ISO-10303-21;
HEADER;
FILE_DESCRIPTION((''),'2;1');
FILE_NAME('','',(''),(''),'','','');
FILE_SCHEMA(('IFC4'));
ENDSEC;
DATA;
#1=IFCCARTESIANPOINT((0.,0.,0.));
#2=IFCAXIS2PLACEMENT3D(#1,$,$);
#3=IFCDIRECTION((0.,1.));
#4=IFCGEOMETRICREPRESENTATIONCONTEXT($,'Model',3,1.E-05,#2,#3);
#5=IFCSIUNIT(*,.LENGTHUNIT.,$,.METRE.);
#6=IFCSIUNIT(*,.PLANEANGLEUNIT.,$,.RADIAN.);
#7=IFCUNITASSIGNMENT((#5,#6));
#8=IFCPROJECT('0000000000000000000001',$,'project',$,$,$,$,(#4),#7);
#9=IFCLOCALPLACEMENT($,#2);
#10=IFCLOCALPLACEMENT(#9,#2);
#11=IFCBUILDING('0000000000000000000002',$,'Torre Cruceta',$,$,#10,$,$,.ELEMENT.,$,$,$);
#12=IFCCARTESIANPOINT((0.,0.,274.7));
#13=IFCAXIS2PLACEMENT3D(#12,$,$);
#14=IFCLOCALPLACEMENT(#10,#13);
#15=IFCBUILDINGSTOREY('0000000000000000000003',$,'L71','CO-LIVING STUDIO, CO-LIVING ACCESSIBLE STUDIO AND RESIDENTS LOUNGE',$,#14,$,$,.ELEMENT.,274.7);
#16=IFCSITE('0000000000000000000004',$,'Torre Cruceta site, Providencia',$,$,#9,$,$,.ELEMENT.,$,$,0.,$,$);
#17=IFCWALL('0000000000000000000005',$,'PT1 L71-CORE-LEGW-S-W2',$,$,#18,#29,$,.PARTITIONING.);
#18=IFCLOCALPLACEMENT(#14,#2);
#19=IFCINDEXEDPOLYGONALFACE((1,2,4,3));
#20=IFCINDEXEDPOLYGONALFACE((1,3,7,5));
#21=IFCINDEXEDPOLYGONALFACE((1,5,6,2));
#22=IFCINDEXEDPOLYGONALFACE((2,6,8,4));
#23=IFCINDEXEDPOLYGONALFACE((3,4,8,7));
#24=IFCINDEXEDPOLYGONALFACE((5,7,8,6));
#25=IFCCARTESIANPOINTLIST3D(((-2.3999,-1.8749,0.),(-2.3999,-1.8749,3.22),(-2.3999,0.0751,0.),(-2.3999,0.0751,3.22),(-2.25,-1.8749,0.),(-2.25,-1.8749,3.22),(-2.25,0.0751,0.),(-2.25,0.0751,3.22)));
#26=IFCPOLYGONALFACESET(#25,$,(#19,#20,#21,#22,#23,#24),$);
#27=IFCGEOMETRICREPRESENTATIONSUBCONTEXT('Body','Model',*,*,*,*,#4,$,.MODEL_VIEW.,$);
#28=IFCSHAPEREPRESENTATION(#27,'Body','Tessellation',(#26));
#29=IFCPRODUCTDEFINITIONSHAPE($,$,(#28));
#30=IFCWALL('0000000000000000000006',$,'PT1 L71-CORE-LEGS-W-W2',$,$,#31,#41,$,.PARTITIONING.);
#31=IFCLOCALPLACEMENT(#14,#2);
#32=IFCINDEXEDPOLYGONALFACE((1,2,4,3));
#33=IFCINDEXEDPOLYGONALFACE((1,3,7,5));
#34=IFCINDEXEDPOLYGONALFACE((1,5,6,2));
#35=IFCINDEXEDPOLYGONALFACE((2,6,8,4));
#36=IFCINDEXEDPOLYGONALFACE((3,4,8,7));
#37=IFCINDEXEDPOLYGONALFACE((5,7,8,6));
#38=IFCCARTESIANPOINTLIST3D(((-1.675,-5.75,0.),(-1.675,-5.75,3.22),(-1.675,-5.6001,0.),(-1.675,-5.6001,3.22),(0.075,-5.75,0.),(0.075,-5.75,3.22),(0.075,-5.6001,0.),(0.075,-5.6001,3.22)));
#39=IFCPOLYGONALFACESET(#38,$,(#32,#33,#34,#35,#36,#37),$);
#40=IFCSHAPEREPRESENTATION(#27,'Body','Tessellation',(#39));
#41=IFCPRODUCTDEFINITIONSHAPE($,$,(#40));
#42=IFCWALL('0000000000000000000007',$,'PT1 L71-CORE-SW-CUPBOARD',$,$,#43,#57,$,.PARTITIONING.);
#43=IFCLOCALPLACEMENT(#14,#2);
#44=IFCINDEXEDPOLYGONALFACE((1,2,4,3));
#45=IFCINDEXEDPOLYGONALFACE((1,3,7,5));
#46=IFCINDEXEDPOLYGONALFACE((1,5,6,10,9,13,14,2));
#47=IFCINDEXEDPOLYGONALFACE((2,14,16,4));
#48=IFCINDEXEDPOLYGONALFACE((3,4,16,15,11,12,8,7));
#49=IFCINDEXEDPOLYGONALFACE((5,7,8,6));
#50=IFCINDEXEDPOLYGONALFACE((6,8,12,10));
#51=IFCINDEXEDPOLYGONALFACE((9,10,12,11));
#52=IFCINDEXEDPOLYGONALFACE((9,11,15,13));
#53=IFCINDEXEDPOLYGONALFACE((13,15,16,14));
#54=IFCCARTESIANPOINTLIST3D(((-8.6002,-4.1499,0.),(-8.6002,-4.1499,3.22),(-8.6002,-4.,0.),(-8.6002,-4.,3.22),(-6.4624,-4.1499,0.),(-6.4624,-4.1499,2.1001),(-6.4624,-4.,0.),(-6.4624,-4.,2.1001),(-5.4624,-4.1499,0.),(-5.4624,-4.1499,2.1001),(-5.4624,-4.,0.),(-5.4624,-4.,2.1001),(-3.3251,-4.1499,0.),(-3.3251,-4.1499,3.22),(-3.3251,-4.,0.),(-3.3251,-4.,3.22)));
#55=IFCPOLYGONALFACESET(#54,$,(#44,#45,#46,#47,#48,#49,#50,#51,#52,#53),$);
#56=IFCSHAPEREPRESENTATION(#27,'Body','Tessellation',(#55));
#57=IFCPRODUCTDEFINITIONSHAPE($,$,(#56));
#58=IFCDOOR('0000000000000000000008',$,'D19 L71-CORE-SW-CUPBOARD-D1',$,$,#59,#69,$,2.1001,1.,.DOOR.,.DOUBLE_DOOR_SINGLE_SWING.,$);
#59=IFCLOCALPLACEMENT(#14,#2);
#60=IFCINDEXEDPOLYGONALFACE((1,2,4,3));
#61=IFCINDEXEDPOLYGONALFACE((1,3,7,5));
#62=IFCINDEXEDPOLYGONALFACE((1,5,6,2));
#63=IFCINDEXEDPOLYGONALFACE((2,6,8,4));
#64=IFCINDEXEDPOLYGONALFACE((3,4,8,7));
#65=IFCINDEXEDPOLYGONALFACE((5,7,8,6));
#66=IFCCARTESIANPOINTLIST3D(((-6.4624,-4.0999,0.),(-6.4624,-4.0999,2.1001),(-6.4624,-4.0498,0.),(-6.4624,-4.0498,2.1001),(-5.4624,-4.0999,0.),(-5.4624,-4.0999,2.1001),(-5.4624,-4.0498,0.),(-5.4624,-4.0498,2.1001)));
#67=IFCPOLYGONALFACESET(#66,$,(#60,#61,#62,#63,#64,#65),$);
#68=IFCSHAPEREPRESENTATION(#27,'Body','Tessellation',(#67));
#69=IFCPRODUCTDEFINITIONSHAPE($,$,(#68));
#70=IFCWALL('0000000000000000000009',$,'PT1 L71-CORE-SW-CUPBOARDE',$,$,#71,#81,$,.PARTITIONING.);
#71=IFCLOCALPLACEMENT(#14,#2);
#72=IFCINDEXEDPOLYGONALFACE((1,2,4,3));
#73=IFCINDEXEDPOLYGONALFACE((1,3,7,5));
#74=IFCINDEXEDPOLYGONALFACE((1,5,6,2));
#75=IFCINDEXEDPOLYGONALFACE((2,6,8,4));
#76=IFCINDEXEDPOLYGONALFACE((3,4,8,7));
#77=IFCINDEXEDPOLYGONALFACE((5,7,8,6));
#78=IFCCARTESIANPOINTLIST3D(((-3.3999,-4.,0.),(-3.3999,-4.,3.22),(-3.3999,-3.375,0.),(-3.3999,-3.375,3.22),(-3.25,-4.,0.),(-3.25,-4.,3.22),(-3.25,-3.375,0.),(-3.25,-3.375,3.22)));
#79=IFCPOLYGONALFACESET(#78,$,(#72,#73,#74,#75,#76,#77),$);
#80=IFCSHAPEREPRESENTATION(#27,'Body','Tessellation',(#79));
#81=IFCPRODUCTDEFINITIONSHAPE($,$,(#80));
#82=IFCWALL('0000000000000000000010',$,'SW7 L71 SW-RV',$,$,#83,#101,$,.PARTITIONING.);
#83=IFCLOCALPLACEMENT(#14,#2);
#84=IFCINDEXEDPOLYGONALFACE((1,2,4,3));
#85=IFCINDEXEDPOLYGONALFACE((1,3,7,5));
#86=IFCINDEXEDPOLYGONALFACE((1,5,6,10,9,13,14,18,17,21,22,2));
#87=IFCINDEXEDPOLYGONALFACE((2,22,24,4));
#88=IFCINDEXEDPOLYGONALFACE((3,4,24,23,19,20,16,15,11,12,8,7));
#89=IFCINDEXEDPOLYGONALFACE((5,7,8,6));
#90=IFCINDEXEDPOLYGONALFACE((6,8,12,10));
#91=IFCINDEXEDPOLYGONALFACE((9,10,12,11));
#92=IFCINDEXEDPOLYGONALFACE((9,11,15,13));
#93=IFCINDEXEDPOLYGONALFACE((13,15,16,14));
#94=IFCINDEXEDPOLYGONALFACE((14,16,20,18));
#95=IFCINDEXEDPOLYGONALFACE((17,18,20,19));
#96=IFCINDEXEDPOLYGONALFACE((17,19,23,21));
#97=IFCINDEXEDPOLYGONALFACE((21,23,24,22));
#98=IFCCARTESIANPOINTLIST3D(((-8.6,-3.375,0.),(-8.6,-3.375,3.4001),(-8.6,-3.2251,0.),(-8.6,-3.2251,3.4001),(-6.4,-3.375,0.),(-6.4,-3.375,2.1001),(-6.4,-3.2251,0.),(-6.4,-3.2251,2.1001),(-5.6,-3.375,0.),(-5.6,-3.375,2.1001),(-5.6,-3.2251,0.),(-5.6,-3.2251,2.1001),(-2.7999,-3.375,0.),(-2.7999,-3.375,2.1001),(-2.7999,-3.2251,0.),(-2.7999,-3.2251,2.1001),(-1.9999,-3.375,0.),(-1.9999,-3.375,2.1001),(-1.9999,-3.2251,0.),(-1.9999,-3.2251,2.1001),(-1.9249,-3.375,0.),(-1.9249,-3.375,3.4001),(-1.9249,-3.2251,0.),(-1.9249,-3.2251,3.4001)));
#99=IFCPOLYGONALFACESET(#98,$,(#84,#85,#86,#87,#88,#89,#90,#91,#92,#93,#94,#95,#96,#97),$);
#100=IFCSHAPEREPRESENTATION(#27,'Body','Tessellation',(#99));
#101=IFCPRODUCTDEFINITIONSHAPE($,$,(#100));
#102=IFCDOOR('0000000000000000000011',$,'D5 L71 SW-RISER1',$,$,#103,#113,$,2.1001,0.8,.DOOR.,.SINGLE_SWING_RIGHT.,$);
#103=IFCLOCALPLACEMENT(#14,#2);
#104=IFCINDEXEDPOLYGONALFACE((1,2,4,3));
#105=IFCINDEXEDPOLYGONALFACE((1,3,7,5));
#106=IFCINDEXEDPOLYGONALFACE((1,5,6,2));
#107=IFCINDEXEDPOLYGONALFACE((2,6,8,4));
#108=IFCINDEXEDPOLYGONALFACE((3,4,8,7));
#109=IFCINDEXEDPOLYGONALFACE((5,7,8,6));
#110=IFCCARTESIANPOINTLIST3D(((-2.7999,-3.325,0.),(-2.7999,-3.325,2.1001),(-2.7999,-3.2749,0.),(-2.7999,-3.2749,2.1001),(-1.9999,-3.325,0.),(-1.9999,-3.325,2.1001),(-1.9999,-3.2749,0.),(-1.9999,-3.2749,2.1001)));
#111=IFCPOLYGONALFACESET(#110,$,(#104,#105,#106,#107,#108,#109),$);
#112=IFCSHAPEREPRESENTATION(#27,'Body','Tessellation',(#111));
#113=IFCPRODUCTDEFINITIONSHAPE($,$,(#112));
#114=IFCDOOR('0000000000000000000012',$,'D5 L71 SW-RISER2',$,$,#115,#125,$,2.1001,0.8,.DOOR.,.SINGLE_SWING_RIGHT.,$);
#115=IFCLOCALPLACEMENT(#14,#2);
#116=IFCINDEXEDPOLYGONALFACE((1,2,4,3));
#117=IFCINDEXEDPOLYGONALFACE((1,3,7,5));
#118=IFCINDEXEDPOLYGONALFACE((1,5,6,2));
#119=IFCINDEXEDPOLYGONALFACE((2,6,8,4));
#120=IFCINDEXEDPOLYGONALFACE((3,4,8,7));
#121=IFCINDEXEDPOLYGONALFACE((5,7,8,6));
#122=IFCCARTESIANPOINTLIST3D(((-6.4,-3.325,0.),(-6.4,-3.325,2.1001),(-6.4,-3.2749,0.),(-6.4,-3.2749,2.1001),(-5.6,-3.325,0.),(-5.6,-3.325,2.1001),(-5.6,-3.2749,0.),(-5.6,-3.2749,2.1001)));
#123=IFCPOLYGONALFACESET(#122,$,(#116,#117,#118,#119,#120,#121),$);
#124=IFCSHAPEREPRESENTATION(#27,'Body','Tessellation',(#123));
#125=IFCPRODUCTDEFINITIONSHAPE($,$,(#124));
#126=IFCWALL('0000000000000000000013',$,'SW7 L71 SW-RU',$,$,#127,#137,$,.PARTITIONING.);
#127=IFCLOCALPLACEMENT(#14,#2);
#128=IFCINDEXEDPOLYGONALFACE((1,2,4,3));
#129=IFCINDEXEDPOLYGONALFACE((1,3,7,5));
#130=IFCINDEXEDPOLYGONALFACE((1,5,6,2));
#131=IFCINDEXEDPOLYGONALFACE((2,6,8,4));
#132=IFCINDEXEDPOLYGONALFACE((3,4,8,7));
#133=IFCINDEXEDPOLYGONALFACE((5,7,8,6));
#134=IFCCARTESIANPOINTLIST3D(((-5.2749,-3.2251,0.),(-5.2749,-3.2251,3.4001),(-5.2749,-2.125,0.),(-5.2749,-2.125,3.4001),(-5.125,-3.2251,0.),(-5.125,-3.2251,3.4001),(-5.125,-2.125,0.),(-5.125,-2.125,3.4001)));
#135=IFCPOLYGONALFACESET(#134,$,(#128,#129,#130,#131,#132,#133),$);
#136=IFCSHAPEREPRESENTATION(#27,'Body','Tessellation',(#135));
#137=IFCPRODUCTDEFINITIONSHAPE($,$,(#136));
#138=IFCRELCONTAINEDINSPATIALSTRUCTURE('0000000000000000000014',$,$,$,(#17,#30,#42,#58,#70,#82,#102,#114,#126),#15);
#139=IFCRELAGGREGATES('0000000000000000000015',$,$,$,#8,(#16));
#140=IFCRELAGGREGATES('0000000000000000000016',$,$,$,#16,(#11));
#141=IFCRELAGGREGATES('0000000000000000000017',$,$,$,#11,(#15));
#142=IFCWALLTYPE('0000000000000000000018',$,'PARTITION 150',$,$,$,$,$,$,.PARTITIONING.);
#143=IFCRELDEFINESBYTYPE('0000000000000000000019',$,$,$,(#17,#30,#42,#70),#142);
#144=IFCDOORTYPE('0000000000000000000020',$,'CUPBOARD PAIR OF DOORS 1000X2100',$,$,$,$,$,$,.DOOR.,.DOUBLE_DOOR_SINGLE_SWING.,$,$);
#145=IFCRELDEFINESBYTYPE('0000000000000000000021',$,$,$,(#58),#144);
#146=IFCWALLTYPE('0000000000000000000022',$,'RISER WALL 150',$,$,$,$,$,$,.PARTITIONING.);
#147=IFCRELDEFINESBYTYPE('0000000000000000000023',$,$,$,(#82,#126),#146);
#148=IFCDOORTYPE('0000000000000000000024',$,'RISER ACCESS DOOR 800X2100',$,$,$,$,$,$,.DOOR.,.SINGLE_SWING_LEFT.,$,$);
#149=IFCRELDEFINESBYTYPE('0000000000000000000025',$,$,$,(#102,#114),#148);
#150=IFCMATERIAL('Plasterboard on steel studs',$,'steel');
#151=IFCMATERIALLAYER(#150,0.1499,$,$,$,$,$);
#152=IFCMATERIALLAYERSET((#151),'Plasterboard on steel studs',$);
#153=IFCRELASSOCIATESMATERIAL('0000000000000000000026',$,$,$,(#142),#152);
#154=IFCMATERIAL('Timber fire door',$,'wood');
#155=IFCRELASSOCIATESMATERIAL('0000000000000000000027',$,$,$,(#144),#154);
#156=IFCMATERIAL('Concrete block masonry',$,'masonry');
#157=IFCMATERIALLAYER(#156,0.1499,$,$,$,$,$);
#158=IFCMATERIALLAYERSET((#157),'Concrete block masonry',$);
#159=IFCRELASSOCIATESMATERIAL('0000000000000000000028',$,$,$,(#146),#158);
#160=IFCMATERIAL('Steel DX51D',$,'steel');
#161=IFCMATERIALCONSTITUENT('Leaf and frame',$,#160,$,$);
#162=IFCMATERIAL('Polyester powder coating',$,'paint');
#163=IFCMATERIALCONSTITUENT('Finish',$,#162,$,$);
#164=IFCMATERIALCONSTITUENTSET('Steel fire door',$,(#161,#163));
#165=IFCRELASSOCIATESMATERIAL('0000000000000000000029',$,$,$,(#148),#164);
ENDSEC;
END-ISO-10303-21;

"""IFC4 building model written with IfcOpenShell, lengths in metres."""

from ifc_helpers import new_model, si_unit, direction, frame, frame_2d, origin, place, context, subcontext, project, spatial, rectangle, extrude, material, layer, layer_set, constituent, constituent_set, type_object, element, fill, save


model = new_model("IFC4")

# Units and contexts
model_context = context("Model", 3, precision=1e-05, world=origin(), true_north=direction((0.0, 1.0)))
body_context = subcontext(model_context, "Body", "Model", "MODEL_VIEW")
ifc_project = project(units=[si_unit("LENGTHUNIT", "METRE"), si_unit("PLANEANGLEUNIT", "RADIAN")], contexts=[model_context])

# Site, building, storey
site_placement = place(None, origin())
site = spatial("IfcSite", under=ifc_project, at=site_placement, Name="Torre Cruceta site, Providencia", CompositionType="ELEMENT", RefElevation=0.0)
building_placement = place(site_placement, origin())
building = spatial("IfcBuilding", under=site, at=building_placement, Name="Torre Cruceta", CompositionType="ELEMENT")
storey_placement = place(building_placement, frame((0.0, 0.0, 274.7)))
storey = spatial("IfcBuildingStorey", under=building, at=storey_placement, Name="L71", Description="CO-LIVING STUDIO, CO-LIVING ACCESSIBLE STUDIO AND RESIDENTS LOUNGE", CompositionType="ELEMENT", Elevation=274.7)

# Walls
ifc_material_1 = material(Name="Plasterboard on steel studs", Category="steel")
ifc_layer_1 = layer(ifc_material_1, 0.1499)
ifc_layer_set_1 = layer_set([ifc_layer_1], Name="Plasterboard on steel studs")
wall_type_1 = type_object("IfcWallType", Name="PARTITION 150", PredefinedType="PARTITIONING", material=ifc_layer_set_1)
wall_1_placement = place(storey_placement, frame((-2.325, -1.875, 0.0), z_axis=(0.0, 0.0, 1.0), x_axis=(0.0, 1.0, 0.0)))
element("IfcWall", 1, at=wall_1_placement, inside=storey, type_object=wall_type_1, Name="PT1 L71-CORE-LEGW-S-W2", PredefinedType="PARTITIONING", context=body_context, shape_type="SweptSolid", body=[
    extrude(rectangle(XDim=1.95, YDim=0.1499, at=frame_2d((0.9751, 0.0))), origin(), (0.0, 0.0, 1.0), 3.22),
])
wall_2_placement = place(storey_placement, frame((-1.675, -5.675, 0.0), z_axis=(0.0, 0.0, 1.0), x_axis=(1.0, 0.0, 0.0)))
element("IfcWall", 2, at=wall_2_placement, inside=storey, type_object=wall_type_1, Name="PT1 L71-CORE-LEGS-W-W2", PredefinedType="PARTITIONING", context=body_context, shape_type="SweptSolid", body=[
    extrude(rectangle(XDim=1.75, YDim=0.1499, at=frame_2d((0.875, 0.0))), origin(), (0.0, 0.0, 1.0), 3.22),
])

# Wall, opening, door
wall_3_placement = place(storey_placement, frame((-3.325, -4.075, 0.0), z_axis=(0.0, 0.0, 1.0), x_axis=(-1.0, 0.0, 0.0)))
wall_3 = element("IfcWall", 3, at=wall_3_placement, inside=storey, type_object=wall_type_1, Name="PT1 L71-CORE-SW-CUPBOARD", PredefinedType="PARTITIONING", context=body_context, shape_type="SweptSolid", body=[
    extrude(rectangle(XDim=5.2751, YDim=0.1499, at=frame_2d((2.6377, 0.0))), origin(), (0.0, 0.0, 1.0), 3.22),
])
opening_1_placement = place(wall_3_placement, frame((2.1375, 0.0, 0.0)))
opening_1 = element("IfcOpeningElement", 4, at=opening_1_placement, cuts=wall_3, PredefinedType="OPENING", context=body_context, shape_type="SweptSolid", body=[
    extrude(rectangle(XDim=1.0, YDim=2.1001, at=frame_2d((0.5, 1.05))), frame((0.0, 0.085, 0.0), z_axis=(0.0, -1.0, 0.0), x_axis=(1.0, 0.0, 0.0)), (0.0, 0.0, 1.0), 0.1699),
])
ifc_material_2 = material(Name="Timber fire door", Category="wood")
door_type_1 = type_object("IfcDoorType", Name="CUPBOARD PAIR OF DOORS 1000X2100", OperationType="DOUBLE_DOOR_SINGLE_SWING", PredefinedType="DOOR", material=ifc_material_2)
door_1_placement = place(opening_1_placement, frame((1.0, 0.0, 0.0), z_axis=(0.0, 0.0, 1.0), x_axis=(-1.0, 0.0, 0.0)))
door_1 = element("IfcDoor", 5, at=door_1_placement, inside=storey, type_object=door_type_1, Name="D19 L71-CORE-SW-CUPBOARD-D1", OperationType="DOUBLE_DOOR_SINGLE_SWING", OverallHeight=2.1001, OverallWidth=1.0, PredefinedType="DOOR", context=body_context, shape_type="SweptSolid", body=[
    extrude(rectangle(XDim=1.0, YDim=2.1001, at=frame_2d((0.5, 1.05))), frame((0.0, 0.0251, 0.0), z_axis=(0.0, -1.0, 0.0), x_axis=(1.0, 0.0, 0.0)), (0.0, 0.0, 1.0), 0.05),
])
fill(opening_1, door_1)

# Wall
wall_4_placement = place(storey_placement, frame((-3.325, -3.375, 0.0), z_axis=(0.0, 0.0, 1.0), x_axis=(0.0, -1.0, 0.0)))
element("IfcWall", 6, at=wall_4_placement, inside=storey, type_object=wall_type_1, Name="PT1 L71-CORE-SW-CUPBOARDE", PredefinedType="PARTITIONING", context=body_context, shape_type="SweptSolid", body=[
    extrude(rectangle(XDim=0.625, YDim=0.1499, at=frame_2d((0.3125, 0.0))), origin(), (0.0, 0.0, 1.0), 3.22),
])

# Wall, openings, doors
ifc_material_3 = material(Name="Concrete block masonry", Category="masonry")
ifc_layer_2 = layer(ifc_material_3, 0.1499)
ifc_layer_set_2 = layer_set([ifc_layer_2], Name="Concrete block masonry")
wall_type_2 = type_object("IfcWallType", Name="RISER WALL 150", PredefinedType="PARTITIONING", material=ifc_layer_set_2)
wall_5_placement = place(storey_placement, frame((-1.925, -3.3, 0.0), z_axis=(0.0, 0.0, 1.0), x_axis=(-1.0, 0.0, 0.0)))
wall_5 = element("IfcWall", 7, at=wall_5_placement, inside=storey, type_object=wall_type_2, Name="SW7 L71 SW-RV", PredefinedType="PARTITIONING", context=body_context, shape_type="SweptSolid", body=[
    extrude(rectangle(XDim=6.675, YDim=0.1499, at=frame_2d((3.3374, 0.0))), origin(), (0.0, 0.0, 1.0), 3.4001),
])
opening_2_placement = place(wall_5_placement, frame((0.075, 0.0, 0.0)))
opening_2 = element("IfcOpeningElement", 8, at=opening_2_placement, cuts=wall_5, PredefinedType="OPENING", context=body_context, shape_type="SweptSolid", body=[
    extrude(rectangle(XDim=0.8, YDim=2.1001, at=frame_2d((0.3999, 1.05))), frame((0.0, 0.085, 0.0), z_axis=(0.0, -1.0, 0.0), x_axis=(1.0, 0.0, 0.0)), (0.0, 0.0, 1.0), 0.1699),
])
opening_3_placement = place(wall_5_placement, frame((3.675, 0.0, 0.0)))
opening_3 = element("IfcOpeningElement", 9, at=opening_3_placement, cuts=wall_5, PredefinedType="OPENING", context=body_context, shape_type="SweptSolid", body=[
    extrude(rectangle(XDim=0.8, YDim=2.1001, at=frame_2d((0.3999, 1.05))), frame((0.0, 0.085, 0.0), z_axis=(0.0, -1.0, 0.0), x_axis=(1.0, 0.0, 0.0)), (0.0, 0.0, 1.0), 0.1699),
])
ifc_material_4 = material(Name="Steel DX51D", Category="steel")
ifc_constituent_1 = constituent(ifc_material_4, Name="Leaf and frame")
ifc_material_5 = material(Name="Polyester powder coating", Category="paint")
ifc_constituent_2 = constituent(ifc_material_5, Name="Finish")
ifc_constituent_set_1 = constituent_set(constituents=[ifc_constituent_1, ifc_constituent_2], Name="Steel fire door")
door_type_2 = type_object("IfcDoorType", Name="RISER ACCESS DOOR 800X2100", OperationType="SINGLE_SWING_LEFT", PredefinedType="DOOR", material=ifc_constituent_set_1)
door_2_placement = place(opening_2_placement, frame((0.8, 0.0, 0.0), z_axis=(0.0, 0.0, 1.0), x_axis=(-1.0, 0.0, 0.0)))
door_2 = element("IfcDoor", 10, at=door_2_placement, inside=storey, type_object=door_type_2, Name="D5 L71 SW-RISER1", OperationType="SINGLE_SWING_RIGHT", OverallHeight=2.1001, OverallWidth=0.8, PredefinedType="DOOR", context=body_context, shape_type="SweptSolid", body=[
    extrude(rectangle(XDim=0.8, YDim=2.1001, at=frame_2d((0.4001, 1.05))), frame((0.0, 0.0251, 0.0), z_axis=(0.0, -1.0, 0.0), x_axis=(1.0, 0.0, 0.0)), (0.0, 0.0, 1.0), 0.05),
])
fill(opening_2, door_2)
door_3_placement = place(opening_3_placement, frame((0.8, 0.0, 0.0), z_axis=(0.0, 0.0, 1.0), x_axis=(-1.0, 0.0, 0.0)))
door_3 = element("IfcDoor", 11, at=door_3_placement, inside=storey, type_object=door_type_2, Name="D5 L71 SW-RISER2", OperationType="SINGLE_SWING_RIGHT", OverallHeight=2.1001, OverallWidth=0.8, PredefinedType="DOOR", context=body_context, shape_type="SweptSolid", body=[
    extrude(rectangle(XDim=0.8, YDim=2.1001, at=frame_2d((0.4001, 1.05))), frame((0.0, 0.0251, 0.0), z_axis=(0.0, -1.0, 0.0), x_axis=(1.0, 0.0, 0.0)), (0.0, 0.0, 1.0), 0.05),
])
fill(opening_3, door_3)

# Wall
wall_6_placement = place(storey_placement, frame((-5.2, -2.125, 0.0), z_axis=(0.0, 0.0, 1.0), x_axis=(0.0, -1.0, 0.0)))
element("IfcWall", 12, at=wall_6_placement, inside=storey, type_object=wall_type_2, Name="SW7 L71 SW-RU", PredefinedType="PARTITIONING", context=body_context, shape_type="SweptSolid", body=[
    extrude(rectangle(XDim=1.1001, YDim=0.1499, at=frame_2d((0.55, 0.0))), origin(), (0.0, 0.0, 1.0), 3.4001),
])

save(model, "model.ifc")
